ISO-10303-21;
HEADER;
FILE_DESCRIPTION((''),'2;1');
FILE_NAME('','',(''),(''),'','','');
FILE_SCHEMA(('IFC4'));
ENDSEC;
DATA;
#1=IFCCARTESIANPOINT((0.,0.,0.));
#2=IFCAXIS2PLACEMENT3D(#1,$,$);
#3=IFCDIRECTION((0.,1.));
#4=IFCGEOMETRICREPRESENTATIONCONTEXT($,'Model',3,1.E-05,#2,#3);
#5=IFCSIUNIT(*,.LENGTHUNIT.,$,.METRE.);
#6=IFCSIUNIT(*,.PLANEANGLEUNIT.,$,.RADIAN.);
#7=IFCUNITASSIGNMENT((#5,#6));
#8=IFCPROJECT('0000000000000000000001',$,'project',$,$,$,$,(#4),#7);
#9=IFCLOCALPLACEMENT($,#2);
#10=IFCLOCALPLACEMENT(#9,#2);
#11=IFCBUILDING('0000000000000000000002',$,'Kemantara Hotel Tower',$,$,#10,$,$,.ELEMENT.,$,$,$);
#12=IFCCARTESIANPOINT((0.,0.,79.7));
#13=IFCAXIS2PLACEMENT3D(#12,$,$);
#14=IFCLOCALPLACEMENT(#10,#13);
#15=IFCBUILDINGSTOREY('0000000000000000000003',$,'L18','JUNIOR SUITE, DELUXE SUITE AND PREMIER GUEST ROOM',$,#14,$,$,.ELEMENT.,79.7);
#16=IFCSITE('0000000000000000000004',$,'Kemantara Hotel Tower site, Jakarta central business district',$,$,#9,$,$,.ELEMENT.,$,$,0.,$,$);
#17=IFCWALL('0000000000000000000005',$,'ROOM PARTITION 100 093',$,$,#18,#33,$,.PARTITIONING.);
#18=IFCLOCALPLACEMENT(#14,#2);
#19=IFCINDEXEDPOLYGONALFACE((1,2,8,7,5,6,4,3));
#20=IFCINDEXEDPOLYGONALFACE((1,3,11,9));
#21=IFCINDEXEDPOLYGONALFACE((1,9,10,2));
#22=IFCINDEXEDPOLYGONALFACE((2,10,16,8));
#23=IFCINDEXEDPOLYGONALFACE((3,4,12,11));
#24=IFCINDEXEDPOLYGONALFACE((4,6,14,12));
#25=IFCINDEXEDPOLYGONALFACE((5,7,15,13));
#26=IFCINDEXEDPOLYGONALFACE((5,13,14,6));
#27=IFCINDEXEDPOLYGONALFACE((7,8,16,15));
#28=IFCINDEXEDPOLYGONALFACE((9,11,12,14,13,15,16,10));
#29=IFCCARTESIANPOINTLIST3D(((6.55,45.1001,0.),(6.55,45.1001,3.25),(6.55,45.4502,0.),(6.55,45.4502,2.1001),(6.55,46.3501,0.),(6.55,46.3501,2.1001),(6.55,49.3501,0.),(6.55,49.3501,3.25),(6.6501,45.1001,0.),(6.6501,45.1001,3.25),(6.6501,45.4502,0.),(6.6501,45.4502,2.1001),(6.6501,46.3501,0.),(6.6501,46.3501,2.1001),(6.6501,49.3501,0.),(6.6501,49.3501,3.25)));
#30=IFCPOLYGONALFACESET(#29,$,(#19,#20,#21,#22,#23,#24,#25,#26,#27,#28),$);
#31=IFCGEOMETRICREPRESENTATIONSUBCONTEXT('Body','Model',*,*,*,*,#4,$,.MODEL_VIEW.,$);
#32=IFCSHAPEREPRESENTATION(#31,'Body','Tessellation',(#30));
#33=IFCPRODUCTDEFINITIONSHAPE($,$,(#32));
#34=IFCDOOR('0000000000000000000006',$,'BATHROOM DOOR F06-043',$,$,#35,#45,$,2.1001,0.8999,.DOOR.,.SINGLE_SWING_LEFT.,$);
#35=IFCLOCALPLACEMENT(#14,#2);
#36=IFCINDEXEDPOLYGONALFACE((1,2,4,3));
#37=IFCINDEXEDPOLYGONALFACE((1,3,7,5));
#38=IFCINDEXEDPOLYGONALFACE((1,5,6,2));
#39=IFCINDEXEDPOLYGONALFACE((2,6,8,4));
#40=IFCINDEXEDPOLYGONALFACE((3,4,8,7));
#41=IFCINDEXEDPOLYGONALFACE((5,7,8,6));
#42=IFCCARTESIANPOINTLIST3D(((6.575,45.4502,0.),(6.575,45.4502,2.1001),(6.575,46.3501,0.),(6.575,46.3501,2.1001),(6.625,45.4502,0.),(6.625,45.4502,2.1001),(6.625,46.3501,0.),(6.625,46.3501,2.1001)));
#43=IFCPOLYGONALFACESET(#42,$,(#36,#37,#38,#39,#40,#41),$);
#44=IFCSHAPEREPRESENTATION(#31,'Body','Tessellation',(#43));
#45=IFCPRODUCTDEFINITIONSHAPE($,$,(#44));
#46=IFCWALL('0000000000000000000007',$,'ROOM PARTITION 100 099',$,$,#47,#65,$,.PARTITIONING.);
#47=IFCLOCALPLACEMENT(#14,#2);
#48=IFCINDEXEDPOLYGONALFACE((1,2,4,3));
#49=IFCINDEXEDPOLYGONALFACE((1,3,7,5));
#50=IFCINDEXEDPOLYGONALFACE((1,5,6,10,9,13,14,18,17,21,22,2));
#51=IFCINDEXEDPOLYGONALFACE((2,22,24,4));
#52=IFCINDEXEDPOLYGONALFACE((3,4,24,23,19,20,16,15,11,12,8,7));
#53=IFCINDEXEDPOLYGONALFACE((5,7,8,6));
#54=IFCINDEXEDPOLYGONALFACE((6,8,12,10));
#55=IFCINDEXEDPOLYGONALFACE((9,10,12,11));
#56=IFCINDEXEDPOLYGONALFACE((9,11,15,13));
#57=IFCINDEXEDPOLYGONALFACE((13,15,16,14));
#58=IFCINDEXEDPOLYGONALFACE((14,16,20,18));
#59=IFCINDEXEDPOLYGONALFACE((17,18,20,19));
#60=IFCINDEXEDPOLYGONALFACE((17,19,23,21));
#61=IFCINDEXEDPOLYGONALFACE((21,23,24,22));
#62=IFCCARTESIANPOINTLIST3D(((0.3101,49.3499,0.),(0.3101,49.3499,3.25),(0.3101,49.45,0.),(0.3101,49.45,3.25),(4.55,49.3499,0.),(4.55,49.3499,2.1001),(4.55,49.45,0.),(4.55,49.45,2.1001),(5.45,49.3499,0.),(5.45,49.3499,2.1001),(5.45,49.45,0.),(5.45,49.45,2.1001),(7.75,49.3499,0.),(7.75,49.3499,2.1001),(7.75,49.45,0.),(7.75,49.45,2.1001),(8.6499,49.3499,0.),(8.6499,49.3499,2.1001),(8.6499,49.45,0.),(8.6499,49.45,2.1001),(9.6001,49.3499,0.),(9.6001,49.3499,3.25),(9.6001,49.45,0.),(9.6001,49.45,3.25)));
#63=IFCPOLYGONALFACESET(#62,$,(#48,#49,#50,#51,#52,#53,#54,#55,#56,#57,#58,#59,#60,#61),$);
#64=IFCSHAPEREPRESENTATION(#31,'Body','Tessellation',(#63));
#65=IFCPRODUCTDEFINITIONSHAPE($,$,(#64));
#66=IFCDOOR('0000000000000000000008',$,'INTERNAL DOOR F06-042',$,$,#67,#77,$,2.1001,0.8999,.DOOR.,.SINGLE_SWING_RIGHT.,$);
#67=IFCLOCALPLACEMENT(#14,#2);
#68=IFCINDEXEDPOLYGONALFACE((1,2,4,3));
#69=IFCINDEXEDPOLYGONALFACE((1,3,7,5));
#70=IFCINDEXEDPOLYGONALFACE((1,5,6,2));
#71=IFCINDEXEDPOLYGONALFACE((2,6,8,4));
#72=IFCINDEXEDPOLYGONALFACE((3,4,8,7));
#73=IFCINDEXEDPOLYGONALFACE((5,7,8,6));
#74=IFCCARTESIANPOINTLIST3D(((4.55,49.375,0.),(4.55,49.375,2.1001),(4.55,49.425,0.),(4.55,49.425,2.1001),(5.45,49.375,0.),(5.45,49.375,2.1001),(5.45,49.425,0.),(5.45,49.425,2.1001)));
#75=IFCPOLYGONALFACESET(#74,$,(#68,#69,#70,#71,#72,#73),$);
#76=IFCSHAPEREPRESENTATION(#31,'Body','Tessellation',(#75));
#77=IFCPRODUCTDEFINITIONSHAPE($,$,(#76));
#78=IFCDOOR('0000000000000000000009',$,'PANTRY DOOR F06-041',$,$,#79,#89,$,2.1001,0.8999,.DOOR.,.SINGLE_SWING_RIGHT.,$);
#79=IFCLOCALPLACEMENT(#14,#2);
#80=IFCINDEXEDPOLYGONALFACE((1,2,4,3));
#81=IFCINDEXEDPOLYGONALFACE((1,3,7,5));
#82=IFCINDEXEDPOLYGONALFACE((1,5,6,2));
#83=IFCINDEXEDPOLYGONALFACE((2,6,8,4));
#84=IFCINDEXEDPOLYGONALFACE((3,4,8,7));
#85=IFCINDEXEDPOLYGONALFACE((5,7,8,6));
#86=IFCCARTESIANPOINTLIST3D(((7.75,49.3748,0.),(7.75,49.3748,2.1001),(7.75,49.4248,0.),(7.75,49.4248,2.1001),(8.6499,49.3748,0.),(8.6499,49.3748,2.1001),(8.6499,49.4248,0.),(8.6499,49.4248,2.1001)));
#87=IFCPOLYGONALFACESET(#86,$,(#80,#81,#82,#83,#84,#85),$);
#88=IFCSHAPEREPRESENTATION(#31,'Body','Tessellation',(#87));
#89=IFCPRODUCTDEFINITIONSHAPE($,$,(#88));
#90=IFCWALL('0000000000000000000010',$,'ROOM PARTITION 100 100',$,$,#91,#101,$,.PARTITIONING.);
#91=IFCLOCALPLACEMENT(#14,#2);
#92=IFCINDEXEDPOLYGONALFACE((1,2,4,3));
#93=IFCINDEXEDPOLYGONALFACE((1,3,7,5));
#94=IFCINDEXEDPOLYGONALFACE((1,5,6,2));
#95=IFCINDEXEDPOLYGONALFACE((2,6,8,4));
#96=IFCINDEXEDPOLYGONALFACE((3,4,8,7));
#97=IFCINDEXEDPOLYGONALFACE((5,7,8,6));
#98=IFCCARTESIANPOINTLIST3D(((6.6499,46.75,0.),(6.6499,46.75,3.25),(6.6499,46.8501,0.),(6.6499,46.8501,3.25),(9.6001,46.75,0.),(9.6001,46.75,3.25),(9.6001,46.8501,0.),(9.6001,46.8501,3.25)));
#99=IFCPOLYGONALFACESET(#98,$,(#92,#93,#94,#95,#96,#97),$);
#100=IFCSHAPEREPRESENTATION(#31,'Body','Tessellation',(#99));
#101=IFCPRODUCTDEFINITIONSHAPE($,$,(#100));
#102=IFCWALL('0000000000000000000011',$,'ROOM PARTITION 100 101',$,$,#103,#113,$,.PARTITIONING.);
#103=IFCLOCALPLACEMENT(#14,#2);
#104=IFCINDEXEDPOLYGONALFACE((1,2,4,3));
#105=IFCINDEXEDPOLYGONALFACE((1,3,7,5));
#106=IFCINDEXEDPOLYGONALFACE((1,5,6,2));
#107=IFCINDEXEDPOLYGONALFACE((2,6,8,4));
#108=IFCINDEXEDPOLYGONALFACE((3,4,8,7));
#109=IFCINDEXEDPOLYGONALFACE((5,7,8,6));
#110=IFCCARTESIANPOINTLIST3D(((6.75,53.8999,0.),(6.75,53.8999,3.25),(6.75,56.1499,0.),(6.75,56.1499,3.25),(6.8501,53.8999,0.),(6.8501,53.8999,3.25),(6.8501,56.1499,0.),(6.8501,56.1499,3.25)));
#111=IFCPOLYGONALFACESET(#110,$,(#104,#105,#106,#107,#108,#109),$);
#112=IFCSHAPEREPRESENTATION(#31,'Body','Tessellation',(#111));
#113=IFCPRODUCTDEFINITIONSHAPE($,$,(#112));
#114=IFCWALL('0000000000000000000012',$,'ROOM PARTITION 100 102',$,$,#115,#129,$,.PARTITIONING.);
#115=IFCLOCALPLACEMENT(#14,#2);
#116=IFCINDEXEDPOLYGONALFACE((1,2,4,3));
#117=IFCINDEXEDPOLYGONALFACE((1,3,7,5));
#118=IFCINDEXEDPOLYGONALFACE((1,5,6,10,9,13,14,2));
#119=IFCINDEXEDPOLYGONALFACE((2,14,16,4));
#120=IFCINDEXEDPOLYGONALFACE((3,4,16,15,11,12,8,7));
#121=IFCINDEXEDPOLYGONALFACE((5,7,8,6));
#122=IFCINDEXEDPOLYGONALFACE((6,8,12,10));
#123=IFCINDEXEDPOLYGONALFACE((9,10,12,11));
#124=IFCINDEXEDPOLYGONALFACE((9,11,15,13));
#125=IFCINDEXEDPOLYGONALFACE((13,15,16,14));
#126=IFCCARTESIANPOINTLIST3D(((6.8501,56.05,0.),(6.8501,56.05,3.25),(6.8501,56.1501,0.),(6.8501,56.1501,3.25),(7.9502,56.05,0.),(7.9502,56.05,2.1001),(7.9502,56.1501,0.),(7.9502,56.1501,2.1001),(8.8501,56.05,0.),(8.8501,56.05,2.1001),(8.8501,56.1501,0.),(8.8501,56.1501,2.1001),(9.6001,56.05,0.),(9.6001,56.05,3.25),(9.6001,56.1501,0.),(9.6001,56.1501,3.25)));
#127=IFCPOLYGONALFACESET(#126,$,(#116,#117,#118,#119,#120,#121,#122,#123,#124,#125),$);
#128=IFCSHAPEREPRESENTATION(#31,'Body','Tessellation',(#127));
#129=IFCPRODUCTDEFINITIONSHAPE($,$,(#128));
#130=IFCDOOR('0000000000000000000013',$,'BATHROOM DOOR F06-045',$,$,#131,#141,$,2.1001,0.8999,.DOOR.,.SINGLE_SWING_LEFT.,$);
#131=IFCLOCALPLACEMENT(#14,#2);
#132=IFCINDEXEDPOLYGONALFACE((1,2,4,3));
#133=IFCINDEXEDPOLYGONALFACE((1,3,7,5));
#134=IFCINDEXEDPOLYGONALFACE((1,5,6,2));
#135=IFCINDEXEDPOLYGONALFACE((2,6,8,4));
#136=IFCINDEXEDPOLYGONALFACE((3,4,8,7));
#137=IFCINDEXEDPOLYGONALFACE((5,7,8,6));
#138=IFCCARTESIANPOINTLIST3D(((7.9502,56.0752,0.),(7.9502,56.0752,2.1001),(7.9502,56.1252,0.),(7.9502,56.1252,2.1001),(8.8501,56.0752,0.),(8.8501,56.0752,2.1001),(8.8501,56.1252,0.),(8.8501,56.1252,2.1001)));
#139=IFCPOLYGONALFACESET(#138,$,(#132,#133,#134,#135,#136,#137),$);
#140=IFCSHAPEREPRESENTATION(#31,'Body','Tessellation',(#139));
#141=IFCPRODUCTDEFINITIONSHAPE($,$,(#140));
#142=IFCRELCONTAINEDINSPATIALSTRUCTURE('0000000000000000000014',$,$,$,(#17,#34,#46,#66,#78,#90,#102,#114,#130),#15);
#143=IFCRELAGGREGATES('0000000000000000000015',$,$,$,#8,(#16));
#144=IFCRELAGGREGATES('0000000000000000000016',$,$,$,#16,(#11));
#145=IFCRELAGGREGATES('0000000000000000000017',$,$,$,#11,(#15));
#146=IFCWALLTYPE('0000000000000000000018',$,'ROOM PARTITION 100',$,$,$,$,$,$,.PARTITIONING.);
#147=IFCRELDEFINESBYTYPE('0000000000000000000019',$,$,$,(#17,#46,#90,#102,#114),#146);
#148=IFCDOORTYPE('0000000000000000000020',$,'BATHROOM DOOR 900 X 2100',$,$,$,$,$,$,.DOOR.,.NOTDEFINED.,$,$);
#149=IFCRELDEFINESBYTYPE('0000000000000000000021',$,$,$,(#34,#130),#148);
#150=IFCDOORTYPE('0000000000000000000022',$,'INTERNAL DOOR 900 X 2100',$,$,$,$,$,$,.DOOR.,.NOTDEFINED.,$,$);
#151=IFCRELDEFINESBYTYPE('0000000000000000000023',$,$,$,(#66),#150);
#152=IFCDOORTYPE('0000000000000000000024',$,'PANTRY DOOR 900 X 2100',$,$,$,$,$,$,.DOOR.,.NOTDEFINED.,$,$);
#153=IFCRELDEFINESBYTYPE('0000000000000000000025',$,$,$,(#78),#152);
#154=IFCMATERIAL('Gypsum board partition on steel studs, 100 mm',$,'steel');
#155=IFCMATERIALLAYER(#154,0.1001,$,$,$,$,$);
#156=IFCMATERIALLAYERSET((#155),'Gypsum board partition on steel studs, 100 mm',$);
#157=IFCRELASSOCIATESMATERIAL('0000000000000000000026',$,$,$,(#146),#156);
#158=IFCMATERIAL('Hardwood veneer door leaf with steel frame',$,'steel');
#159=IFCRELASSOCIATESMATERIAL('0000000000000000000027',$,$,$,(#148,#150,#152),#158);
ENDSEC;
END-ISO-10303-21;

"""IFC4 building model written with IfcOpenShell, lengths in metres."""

from ifc_helpers import new_model, si_unit, direction, frame, frame_2d, origin, place, context, subcontext, project, spatial, rectangle, extrude, material, layer, layer_set, type_object, element, fill, save


model = new_model("IFC4")

# Units and contexts
model_context = context("Model", 3, precision=1e-05, world=origin(), true_north=direction((0.0, 1.0)))
body_context = subcontext(model_context, "Body", "Model", "MODEL_VIEW")
ifc_project = project(units=[si_unit("LENGTHUNIT", "METRE"), si_unit("PLANEANGLEUNIT", "RADIAN")], contexts=[model_context])

# Site, building, storey
site_placement = place(None, origin())
site = spatial("IfcSite", under=ifc_project, at=site_placement, Name="Kemantara Hotel Tower site, Jakarta central business district", CompositionType="ELEMENT", RefElevation=0.0)
building_placement = place(site_placement, origin())
building = spatial("IfcBuilding", under=site, at=building_placement, Name="Kemantara Hotel Tower", CompositionType="ELEMENT")
storey_placement = place(building_placement, frame((0.0, 0.0, 79.7)))
storey = spatial("IfcBuildingStorey", under=building, at=storey_placement, Name="L18", Description="JUNIOR SUITE, DELUXE SUITE AND PREMIER GUEST ROOM", CompositionType="ELEMENT", Elevation=79.7)

# Shared definitions
ifc_material_1 = material(Name="Hardwood veneer door leaf with steel frame", Category="steel")

# Wall, opening, door
ifc_material_2 = material(Name="Gypsum board partition on steel studs, 100 mm", Category="steel")
ifc_layer_1 = layer(ifc_material_2, 0.1001)
ifc_layer_set_1 = layer_set([ifc_layer_1], Name="Gypsum board partition on steel studs, 100 mm")
wall_type_1 = type_object("IfcWallType", Name="ROOM PARTITION 100", PredefinedType="PARTITIONING", material=ifc_layer_set_1)
wall_1_placement = place(storey_placement, frame((6.6001, 49.3501, 0.0), z_axis=(0.0, 0.0, 1.0), x_axis=(0.0, -1.0, 0.0)))
wall_1 = element("IfcWall", 1, at=wall_1_placement, inside=storey, type_object=wall_type_1, Name="ROOM PARTITION 100 093", PredefinedType="PARTITIONING", context=body_context, shape_type="SweptSolid", body=[
    extrude(rectangle(XDim=4.25, YDim=0.1001, at=frame_2d((2.125, 0.0))), origin(), (0.0, 0.0, 1.0), 3.25),
])
opening_1_placement = place(wall_1_placement, frame((3.0, 0.0, 0.0)))
opening_1 = element("IfcOpeningElement", 2, at=opening_1_placement, cuts=wall_1, PredefinedType="OPENING", context=body_context, shape_type="SweptSolid", body=[
    extrude(rectangle(XDim=0.8999, YDim=2.1001, at=frame_2d((0.45, 1.05))), frame((0.0, 0.0601, 0.0), z_axis=(0.0, -1.0, 0.0), x_axis=(1.0, 0.0, 0.0)), (0.0, 0.0, 1.0), 0.1201),
])
door_type_1 = type_object("IfcDoorType", Name="BATHROOM DOOR 900 X 2100", OperationType="NOTDEFINED", PredefinedType="DOOR", material=ifc_material_1)
door_1_placement = place(opening_1_placement, origin())
door_1 = element("IfcDoor", 3, at=door_1_placement, inside=storey, type_object=door_type_1, Name="BATHROOM DOOR F06-043", OperationType="SINGLE_SWING_LEFT", OverallHeight=2.1001, OverallWidth=0.8999, PredefinedType="DOOR", context=body_context, shape_type="SweptSolid", body=[
    extrude(rectangle(XDim=0.8999, YDim=2.1001, at=frame_2d((0.45, 1.05))), frame((0.0, 0.0249, 0.0), z_axis=(0.0, -1.0, 0.0), x_axis=(1.0, 0.0, 0.0)), (0.0, 0.0, 1.0), 0.05),
])
fill(opening_1, door_1)

# Wall, openings, doors
wall_2_placement = place(storey_placement, frame((0.3101, 49.3999, 0.0), z_axis=(0.0, 0.0, 1.0), x_axis=(1.0, 0.0, 0.0)))
wall_2 = element("IfcWall", 4, at=wall_2_placement, inside=storey, type_object=wall_type_1, Name="ROOM PARTITION 100 099", PredefinedType="PARTITIONING", context=body_context, shape_type="SweptSolid", body=[
    extrude(rectangle(XDim=9.29, YDim=0.1001, at=frame_2d((4.645, 0.0))), origin(), (0.0, 0.0, 1.0), 3.25),
])
opening_2_placement = place(wall_2_placement, frame((7.4399, 0.0, 0.0)))
opening_2 = element("IfcOpeningElement", 5, at=opening_2_placement, cuts=wall_2, PredefinedType="OPENING", context=body_context, shape_type="SweptSolid", body=[
    extrude(rectangle(XDim=0.8999, YDim=2.1001, at=frame_2d((0.45, 1.05))), frame((0.0, 0.0601, 0.0), z_axis=(0.0, -1.0, 0.0), x_axis=(1.0, 0.0, 0.0)), (0.0, 0.0, 1.0), 0.1201),
])
opening_3_placement = place(wall_2_placement, frame((4.24, 0.0, 0.0)))
opening_3 = element("IfcOpeningElement", 6, at=opening_3_placement, cuts=wall_2, PredefinedType="OPENING", context=body_context, shape_type="SweptSolid", body=[
    extrude(rectangle(XDim=0.8999, YDim=2.1001, at=frame_2d((0.45, 1.05))), frame((0.0, 0.0601, 0.0), z_axis=(0.0, -1.0, 0.0), x_axis=(1.0, 0.0, 0.0)), (0.0, 0.0, 1.0), 0.1201),
])
door_type_2 = type_object("IfcDoorType", Name="INTERNAL DOOR 900 X 2100", OperationType="NOTDEFINED", PredefinedType="DOOR", material=ifc_material_1)
door_2_placement = place(opening_3_placement, frame((0.8999, 0.0, 0.0), z_axis=(0.0, 0.0, 1.0), x_axis=(-1.0, 0.0, 0.0)))
door_2 = element("IfcDoor", 7, at=door_2_placement, inside=storey, type_object=door_type_2, Name="INTERNAL DOOR F06-042", OperationType="SINGLE_SWING_RIGHT", OverallHeight=2.1001, OverallWidth=0.8999, PredefinedType="DOOR", context=body_context, shape_type="SweptSolid", body=[
    extrude(rectangle(XDim=0.8999, YDim=2.1001, at=frame_2d((0.45, 1.05))), frame((0.0, 0.0249, 0.0), z_axis=(0.0, -1.0, 0.0), x_axis=(1.0, 0.0, 0.0)), (0.0, 0.0, 1.0), 0.05),
])
fill(opening_3, door_2)
door_type_3 = type_object("IfcDoorType", Name="PANTRY DOOR 900 X 2100", OperationType="NOTDEFINED", PredefinedType="DOOR", material=ifc_material_1)
door_3_placement = place(opening_2_placement, origin())
door_3 = element("IfcDoor", 8, at=door_3_placement, inside=storey, type_object=door_type_3, Name="PANTRY DOOR F06-041", OperationType="SINGLE_SWING_RIGHT", OverallHeight=2.1001, OverallWidth=0.8999, PredefinedType="DOOR", context=body_context, shape_type="SweptSolid", body=[
    extrude(rectangle(XDim=0.8999, YDim=2.1001, at=frame_2d((0.45, 1.05))), frame((0.0, 0.0249, 0.0), z_axis=(0.0, -1.0, 0.0), x_axis=(1.0, 0.0, 0.0)), (0.0, 0.0, 1.0), 0.05),
])
fill(opening_2, door_3)

# Walls
wall_3_placement = place(storey_placement, frame((6.6499, 46.8, 0.0), z_axis=(0.0, 0.0, 1.0), x_axis=(1.0, 0.0, 0.0)))
element("IfcWall", 9, at=wall_3_placement, inside=storey, type_object=wall_type_1, Name="ROOM PARTITION 100 100", PredefinedType="PARTITIONING", context=body_context, shape_type="SweptSolid", body=[
    extrude(rectangle(XDim=2.9502, YDim=0.1001, at=frame_2d((1.4751, 0.0))), origin(), (0.0, 0.0, 1.0), 3.25),
])
wall_4_placement = place(storey_placement, frame((6.8, 53.8999, 0.0), z_axis=(0.0, 0.0, 1.0), x_axis=(0.0, 1.0, 0.0)))
element("IfcWall", 10, at=wall_4_placement, inside=storey, type_object=wall_type_1, Name="ROOM PARTITION 100 101", PredefinedType="PARTITIONING", context=body_context, shape_type="SweptSolid", body=[
    extrude(rectangle(XDim=2.25, YDim=0.1001, at=frame_2d((1.125, 0.0))), origin(), (0.0, 0.0, 1.0), 3.25),
])

# Wall, opening, door
wall_5_placement = place(storey_placement, frame((9.6001, 56.1001, 0.0), z_axis=(0.0, 0.0, 1.0), x_axis=(-1.0, 0.0, 0.0)))
wall_5 = element("IfcWall", 11, at=wall_5_placement, inside=storey, type_object=wall_type_1, Name="ROOM PARTITION 100 102", PredefinedType="PARTITIONING", context=body_context, shape_type="SweptSolid", body=[
    extrude(rectangle(XDim=2.75, YDim=0.1001, at=frame_2d((1.375, 0.0))), origin(), (0.0, 0.0, 1.0), 3.25),
])
opening_4_placement = place(wall_5_placement, frame((0.75, 0.0, 0.0)))
opening_4 = element("IfcOpeningElement", 12, at=opening_4_placement, cuts=wall_5, PredefinedType="OPENING", context=body_context, shape_type="SweptSolid", body=[
    extrude(rectangle(XDim=0.8999, YDim=2.1001, at=frame_2d((0.45, 1.05))), frame((0.0, 0.0601, 0.0), z_axis=(0.0, -1.0, 0.0), x_axis=(1.0, 0.0, 0.0)), (0.0, 0.0, 1.0), 0.1201),
])
door_4_placement = place(opening_4_placement, origin())
door_4 = element("IfcDoor", 13, at=door_4_placement, inside=storey, type_object=door_type_1, Name="BATHROOM DOOR F06-045", OperationType="SINGLE_SWING_LEFT", OverallHeight=2.1001, OverallWidth=0.8999, PredefinedType="DOOR", context=body_context, shape_type="SweptSolid", body=[
    extrude(rectangle(XDim=0.8999, YDim=2.1001, at=frame_2d((0.45, 1.05))), frame((0.0, 0.0249, 0.0), z_axis=(0.0, -1.0, 0.0), x_axis=(1.0, 0.0, 0.0)), (0.0, 0.0, 1.0), 0.05),
])
fill(opening_4, door_4)

save(model, "model.ifc")
